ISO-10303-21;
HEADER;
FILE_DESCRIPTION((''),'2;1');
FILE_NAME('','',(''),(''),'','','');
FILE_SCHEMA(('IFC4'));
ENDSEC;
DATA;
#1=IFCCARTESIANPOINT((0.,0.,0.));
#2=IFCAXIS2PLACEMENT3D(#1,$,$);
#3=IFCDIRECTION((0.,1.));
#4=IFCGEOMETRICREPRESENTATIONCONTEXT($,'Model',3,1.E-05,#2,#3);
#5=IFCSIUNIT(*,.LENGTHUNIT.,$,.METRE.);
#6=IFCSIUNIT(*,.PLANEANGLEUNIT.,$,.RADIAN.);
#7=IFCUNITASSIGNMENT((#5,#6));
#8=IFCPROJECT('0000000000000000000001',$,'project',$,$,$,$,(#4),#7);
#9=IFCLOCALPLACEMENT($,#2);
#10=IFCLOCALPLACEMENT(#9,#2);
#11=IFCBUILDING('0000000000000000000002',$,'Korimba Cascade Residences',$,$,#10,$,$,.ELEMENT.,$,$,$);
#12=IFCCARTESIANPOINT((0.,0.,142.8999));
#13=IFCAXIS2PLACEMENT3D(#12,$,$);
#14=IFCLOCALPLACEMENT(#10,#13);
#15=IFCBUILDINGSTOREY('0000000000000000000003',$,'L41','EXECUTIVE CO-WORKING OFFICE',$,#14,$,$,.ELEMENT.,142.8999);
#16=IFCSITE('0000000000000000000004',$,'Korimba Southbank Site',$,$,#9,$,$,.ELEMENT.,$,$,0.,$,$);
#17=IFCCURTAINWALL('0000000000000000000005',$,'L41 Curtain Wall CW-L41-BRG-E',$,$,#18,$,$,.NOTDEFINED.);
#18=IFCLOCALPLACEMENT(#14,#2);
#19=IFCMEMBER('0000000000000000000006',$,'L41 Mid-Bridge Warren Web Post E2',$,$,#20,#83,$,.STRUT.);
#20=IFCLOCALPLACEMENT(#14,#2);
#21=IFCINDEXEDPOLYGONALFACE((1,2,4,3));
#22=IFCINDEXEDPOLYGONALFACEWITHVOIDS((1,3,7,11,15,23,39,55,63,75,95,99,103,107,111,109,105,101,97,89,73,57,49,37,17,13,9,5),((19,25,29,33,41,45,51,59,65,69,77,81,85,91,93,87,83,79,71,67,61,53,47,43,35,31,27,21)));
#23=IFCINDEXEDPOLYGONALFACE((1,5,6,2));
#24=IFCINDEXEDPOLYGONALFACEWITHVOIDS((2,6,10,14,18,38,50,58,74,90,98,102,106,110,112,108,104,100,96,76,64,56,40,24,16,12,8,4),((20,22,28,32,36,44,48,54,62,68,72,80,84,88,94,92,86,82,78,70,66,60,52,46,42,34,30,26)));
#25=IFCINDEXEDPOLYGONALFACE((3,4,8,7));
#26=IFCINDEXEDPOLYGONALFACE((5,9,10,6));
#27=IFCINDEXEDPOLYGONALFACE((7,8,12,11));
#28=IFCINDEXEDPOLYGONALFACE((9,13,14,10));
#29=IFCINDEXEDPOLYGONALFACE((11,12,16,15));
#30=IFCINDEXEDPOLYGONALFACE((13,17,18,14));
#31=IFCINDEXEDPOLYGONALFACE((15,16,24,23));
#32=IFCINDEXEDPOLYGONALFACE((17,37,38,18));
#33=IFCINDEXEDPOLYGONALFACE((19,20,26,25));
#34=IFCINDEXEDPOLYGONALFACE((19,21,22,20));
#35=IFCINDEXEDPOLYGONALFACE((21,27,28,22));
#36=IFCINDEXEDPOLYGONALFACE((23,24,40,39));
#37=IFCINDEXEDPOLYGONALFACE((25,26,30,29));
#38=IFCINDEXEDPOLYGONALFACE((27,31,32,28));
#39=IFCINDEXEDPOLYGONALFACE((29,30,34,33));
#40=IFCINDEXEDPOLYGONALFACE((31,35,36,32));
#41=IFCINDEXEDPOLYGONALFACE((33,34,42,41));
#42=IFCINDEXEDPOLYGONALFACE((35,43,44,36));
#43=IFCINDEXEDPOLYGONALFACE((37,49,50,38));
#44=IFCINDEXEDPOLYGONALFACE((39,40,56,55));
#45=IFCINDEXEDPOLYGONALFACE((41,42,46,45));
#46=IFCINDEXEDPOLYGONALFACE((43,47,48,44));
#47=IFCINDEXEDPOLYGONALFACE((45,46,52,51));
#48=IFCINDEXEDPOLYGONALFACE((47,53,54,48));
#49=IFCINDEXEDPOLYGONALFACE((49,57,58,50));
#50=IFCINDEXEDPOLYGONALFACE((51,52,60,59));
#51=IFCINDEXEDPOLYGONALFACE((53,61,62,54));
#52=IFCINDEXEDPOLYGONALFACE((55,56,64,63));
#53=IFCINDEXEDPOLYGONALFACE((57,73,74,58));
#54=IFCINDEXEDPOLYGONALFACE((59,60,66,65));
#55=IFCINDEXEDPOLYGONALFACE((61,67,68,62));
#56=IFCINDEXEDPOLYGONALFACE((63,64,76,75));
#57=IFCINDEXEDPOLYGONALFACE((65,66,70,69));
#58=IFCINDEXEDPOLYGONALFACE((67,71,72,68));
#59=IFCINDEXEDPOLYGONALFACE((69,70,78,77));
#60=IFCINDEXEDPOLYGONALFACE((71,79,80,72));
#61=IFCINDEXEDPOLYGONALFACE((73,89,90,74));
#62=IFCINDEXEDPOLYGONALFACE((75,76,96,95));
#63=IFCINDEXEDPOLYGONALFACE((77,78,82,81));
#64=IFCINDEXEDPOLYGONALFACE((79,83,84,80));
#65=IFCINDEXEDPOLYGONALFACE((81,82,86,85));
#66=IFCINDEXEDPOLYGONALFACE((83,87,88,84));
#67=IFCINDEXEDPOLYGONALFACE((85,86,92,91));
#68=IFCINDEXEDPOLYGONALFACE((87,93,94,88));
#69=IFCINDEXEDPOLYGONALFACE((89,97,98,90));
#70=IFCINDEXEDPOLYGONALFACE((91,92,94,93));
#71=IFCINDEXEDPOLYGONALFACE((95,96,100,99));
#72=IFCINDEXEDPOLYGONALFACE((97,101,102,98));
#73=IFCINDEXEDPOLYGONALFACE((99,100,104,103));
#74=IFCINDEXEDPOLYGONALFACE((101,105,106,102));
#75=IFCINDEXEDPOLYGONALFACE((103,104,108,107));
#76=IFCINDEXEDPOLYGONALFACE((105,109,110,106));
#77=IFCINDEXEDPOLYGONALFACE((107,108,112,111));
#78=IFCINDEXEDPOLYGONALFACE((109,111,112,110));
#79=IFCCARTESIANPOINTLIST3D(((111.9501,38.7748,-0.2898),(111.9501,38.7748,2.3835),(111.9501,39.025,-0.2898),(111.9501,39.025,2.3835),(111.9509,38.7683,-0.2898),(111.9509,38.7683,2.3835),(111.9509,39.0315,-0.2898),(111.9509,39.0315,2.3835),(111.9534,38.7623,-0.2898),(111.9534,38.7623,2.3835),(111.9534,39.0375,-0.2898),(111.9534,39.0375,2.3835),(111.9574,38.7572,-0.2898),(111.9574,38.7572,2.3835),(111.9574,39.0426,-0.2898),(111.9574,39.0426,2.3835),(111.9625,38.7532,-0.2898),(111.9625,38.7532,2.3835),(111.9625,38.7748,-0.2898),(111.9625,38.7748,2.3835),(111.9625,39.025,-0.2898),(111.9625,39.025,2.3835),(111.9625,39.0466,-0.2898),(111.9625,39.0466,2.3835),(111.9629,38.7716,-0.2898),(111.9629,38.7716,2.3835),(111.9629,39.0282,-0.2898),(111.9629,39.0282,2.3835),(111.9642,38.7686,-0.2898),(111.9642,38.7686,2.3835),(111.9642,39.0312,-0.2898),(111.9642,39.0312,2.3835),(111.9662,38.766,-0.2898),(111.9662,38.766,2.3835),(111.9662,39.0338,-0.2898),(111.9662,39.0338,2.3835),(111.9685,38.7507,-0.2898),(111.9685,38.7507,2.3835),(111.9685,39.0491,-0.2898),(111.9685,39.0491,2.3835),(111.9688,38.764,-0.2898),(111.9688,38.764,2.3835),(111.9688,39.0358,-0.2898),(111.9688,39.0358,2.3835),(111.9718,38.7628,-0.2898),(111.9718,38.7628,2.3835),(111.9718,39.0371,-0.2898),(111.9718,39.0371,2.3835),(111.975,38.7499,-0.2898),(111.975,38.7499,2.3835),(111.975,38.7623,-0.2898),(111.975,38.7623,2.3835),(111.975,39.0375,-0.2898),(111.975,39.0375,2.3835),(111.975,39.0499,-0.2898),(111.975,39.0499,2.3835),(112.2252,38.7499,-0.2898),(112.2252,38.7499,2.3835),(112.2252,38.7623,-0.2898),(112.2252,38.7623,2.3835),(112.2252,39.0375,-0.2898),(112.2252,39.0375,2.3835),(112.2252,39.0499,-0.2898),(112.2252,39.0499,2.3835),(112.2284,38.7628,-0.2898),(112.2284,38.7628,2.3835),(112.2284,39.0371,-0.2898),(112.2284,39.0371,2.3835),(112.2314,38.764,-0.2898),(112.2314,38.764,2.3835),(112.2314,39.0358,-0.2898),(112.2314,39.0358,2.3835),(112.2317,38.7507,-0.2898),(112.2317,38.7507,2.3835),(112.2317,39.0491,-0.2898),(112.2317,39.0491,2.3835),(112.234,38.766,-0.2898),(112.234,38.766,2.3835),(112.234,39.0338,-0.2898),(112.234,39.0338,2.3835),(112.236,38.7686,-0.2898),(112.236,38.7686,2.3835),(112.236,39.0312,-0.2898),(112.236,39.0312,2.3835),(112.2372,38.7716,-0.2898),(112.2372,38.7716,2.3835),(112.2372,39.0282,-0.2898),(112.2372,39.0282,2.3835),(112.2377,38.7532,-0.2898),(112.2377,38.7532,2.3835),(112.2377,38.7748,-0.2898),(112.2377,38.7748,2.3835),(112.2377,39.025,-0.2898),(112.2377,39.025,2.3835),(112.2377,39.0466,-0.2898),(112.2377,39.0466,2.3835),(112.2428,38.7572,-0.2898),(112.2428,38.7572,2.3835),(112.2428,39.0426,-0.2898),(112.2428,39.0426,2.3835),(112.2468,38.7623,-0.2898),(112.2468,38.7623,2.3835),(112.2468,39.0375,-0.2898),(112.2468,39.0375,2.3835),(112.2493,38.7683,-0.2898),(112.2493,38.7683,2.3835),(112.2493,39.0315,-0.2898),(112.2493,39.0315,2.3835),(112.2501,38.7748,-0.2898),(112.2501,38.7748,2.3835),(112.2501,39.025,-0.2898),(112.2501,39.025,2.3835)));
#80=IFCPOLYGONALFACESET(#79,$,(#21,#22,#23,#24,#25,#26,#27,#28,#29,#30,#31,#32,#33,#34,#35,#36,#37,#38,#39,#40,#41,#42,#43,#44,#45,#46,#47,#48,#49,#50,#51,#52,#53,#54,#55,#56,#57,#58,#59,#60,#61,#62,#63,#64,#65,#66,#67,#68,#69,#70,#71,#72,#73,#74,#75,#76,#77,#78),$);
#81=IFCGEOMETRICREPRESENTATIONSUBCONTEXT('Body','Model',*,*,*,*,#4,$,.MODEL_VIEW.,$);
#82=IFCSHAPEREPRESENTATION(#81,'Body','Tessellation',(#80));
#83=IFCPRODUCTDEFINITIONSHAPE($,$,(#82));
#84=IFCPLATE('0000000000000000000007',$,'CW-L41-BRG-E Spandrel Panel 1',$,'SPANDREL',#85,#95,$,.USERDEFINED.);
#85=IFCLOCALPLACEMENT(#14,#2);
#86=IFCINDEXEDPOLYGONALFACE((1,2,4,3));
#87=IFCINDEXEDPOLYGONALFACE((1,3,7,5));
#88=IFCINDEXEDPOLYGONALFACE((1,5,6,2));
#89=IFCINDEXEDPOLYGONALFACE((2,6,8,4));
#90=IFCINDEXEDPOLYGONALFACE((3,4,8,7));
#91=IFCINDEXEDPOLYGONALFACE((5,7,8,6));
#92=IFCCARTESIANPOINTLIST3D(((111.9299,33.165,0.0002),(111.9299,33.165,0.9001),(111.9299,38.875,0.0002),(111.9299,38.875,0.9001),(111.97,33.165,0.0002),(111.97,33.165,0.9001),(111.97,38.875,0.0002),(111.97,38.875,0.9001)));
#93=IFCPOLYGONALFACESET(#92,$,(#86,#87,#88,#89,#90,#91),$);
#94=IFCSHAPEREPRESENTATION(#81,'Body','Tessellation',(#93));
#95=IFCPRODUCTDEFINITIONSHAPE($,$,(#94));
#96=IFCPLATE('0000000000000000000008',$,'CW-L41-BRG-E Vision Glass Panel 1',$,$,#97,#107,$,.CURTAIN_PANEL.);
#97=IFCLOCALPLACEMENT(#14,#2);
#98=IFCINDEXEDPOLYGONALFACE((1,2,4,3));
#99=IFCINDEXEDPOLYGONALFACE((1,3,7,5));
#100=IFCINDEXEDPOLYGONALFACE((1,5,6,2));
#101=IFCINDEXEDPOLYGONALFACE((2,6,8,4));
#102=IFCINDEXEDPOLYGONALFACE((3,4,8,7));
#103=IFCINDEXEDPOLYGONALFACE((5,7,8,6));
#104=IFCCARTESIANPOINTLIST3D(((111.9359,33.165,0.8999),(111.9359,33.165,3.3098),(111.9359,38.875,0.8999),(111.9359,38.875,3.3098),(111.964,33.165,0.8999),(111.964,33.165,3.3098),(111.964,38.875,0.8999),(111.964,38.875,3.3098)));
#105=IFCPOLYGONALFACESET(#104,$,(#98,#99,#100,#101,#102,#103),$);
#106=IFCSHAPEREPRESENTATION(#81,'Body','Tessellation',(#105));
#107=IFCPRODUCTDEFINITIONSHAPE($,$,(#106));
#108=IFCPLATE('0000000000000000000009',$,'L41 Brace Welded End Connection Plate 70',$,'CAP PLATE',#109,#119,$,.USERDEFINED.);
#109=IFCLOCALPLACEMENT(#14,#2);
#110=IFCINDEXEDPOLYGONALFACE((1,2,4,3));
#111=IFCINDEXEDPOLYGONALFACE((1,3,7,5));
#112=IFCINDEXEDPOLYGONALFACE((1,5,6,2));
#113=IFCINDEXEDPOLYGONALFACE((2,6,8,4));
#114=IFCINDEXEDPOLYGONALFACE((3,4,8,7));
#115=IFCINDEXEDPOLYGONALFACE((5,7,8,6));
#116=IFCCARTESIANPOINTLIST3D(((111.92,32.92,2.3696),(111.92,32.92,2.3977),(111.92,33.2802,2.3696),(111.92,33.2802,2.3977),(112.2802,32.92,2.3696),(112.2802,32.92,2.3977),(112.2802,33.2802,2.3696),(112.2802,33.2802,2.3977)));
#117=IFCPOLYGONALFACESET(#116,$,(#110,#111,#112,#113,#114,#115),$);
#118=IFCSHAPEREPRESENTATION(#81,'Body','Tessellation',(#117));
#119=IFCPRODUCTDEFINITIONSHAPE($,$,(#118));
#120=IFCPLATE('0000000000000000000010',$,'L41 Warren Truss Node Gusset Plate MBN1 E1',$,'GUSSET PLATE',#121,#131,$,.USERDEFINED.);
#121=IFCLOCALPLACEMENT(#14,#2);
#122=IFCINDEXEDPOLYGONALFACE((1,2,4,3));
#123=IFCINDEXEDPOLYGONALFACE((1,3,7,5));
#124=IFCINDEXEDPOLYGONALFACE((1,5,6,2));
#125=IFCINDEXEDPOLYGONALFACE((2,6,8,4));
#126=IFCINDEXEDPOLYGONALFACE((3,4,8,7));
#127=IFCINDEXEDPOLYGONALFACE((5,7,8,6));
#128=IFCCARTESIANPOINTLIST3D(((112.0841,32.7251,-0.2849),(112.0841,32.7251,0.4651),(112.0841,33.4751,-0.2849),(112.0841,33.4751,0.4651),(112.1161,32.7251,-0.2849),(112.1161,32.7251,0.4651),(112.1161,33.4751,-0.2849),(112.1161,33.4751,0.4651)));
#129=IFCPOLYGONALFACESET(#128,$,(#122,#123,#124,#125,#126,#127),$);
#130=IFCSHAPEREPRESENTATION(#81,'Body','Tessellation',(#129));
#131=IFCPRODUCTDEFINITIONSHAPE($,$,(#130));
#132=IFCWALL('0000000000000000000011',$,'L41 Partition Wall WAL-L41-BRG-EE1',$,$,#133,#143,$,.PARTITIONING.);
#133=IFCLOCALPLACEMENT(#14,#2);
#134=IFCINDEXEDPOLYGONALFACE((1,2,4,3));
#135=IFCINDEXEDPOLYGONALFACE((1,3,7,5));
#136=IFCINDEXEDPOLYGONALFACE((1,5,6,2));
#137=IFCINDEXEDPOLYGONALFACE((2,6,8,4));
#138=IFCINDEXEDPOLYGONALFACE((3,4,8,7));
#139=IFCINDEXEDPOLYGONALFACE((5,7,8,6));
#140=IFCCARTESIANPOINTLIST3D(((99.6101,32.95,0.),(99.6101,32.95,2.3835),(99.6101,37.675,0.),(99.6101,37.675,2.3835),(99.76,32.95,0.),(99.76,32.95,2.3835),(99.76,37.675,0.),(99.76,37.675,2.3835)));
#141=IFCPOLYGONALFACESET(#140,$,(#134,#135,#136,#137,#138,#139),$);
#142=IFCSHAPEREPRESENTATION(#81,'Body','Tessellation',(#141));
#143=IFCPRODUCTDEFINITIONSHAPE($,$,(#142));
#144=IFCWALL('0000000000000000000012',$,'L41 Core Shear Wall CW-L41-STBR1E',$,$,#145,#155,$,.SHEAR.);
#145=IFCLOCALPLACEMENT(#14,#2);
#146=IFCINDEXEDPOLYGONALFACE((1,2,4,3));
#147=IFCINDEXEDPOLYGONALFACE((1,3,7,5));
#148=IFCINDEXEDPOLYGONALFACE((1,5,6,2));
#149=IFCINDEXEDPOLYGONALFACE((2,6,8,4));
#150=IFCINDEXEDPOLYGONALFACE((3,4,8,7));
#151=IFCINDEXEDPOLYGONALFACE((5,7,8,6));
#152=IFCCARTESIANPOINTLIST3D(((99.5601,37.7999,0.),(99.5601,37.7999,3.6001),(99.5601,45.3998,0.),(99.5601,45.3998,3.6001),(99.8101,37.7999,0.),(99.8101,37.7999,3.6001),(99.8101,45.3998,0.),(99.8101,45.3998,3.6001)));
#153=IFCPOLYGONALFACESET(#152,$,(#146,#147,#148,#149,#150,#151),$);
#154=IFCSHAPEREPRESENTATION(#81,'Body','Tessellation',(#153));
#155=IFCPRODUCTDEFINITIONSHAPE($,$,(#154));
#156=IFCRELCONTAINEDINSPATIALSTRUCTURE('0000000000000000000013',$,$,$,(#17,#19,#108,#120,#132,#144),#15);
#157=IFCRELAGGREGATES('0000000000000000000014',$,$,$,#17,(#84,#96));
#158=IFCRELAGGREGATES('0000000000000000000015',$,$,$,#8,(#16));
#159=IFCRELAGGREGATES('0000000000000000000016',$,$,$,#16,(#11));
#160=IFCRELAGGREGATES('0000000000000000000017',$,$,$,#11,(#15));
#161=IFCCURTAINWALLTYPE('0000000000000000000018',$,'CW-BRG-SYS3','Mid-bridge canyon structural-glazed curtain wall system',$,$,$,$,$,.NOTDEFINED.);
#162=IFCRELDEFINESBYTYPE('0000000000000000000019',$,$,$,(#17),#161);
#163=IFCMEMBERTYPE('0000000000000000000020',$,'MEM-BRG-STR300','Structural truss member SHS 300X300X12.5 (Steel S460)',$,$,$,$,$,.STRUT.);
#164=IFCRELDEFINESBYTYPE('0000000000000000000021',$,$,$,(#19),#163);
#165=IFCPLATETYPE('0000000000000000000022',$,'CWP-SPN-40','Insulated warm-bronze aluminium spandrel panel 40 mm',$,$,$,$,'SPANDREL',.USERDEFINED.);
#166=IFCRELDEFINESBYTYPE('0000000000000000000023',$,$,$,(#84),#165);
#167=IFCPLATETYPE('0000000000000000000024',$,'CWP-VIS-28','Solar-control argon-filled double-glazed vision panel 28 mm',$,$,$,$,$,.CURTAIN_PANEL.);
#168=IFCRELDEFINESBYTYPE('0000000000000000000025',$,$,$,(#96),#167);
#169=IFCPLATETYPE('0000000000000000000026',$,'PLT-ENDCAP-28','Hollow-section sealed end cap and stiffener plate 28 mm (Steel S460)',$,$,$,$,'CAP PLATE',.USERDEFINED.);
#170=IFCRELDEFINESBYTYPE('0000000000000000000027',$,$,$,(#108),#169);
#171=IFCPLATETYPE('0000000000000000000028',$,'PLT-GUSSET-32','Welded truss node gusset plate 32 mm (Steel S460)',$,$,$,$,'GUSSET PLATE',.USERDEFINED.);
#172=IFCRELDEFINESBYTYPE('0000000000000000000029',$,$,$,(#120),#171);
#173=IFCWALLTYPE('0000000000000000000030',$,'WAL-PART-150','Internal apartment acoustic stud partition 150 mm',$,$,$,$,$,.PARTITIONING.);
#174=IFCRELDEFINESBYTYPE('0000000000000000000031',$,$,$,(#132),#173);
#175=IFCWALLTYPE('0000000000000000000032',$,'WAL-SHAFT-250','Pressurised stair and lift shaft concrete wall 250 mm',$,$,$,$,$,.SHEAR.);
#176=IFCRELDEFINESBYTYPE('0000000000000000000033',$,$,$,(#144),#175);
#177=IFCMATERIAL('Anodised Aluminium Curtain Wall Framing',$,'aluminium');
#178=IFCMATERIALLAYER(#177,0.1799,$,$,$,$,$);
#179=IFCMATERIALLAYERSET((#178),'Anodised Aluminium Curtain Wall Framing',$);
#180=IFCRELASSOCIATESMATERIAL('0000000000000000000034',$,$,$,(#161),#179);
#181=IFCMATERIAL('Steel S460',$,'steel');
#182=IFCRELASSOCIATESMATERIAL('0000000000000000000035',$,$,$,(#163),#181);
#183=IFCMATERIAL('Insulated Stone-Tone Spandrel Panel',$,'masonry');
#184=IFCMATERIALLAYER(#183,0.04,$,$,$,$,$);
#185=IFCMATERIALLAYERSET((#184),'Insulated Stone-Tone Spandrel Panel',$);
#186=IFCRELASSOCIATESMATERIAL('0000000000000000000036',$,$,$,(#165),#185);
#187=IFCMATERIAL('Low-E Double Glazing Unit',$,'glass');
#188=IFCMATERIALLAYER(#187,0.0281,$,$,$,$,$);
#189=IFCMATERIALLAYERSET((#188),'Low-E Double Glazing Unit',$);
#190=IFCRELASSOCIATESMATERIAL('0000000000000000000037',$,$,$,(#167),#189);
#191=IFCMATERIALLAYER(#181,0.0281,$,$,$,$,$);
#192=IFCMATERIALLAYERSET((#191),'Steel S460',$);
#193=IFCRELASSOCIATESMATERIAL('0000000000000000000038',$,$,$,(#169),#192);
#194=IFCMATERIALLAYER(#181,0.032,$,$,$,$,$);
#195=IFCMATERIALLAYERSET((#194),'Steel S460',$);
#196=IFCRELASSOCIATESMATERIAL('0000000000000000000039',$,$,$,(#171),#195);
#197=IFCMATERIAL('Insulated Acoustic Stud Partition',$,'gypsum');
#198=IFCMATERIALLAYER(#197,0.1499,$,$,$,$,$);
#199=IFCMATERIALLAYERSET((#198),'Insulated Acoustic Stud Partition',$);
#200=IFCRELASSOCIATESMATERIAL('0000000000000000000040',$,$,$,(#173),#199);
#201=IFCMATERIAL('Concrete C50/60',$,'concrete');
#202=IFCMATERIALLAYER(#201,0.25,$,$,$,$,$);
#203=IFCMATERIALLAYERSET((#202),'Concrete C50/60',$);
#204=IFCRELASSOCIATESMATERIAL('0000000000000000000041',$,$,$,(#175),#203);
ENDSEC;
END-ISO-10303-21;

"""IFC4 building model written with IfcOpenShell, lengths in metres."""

from ifc_helpers import new_model, si_unit, direction, frame, frame_2d, origin, origin_2d, place, context, subcontext, project, spatial, rectangle, hollow_rectangle, extrude, material, layer, layer_set, material_profile, profile_set, type_object, element, aggregate, save


model = new_model("IFC4")

# Units and contexts
model_context = context("Model", 3, precision=1e-05, world=origin(), true_north=direction((0.0, 1.0)))
body_context = subcontext(model_context, "Body", "Model", "MODEL_VIEW")
ifc_project = project(units=[si_unit("LENGTHUNIT", "METRE"), si_unit("PLANEANGLEUNIT", "RADIAN")], contexts=[model_context])

# Site, building, storey
site_placement = place(None, origin())
site = spatial("IfcSite", under=ifc_project, at=site_placement, Name="Korimba Southbank Site", CompositionType="ELEMENT", RefElevation=0.0)
building_placement = place(site_placement, origin())
building = spatial("IfcBuilding", under=site, at=building_placement, Name="Korimba Cascade Residences", CompositionType="ELEMENT")
storey_placement = place(building_placement, frame((0.0, 0.0, 142.8999)))
storey = spatial("IfcBuildingStorey", under=building, at=storey_placement, Name="L41", Description="EXECUTIVE CO-WORKING OFFICE", CompositionType="ELEMENT", Elevation=142.8999)

# Curtain wall
ifc_material_1 = material(Name="Anodised Aluminium Curtain Wall Framing", Category="aluminium")
ifc_layer_1 = layer(ifc_material_1, 0.1799)
ifc_layer_set_1 = layer_set([ifc_layer_1], Name="Anodised Aluminium Curtain Wall Framing")
curtain_wall_type = type_object("IfcCurtainWallType", Name="CW-BRG-SYS3", Description="Mid-bridge canyon structural-glazed curtain wall system", PredefinedType="NOTDEFINED", material=ifc_layer_set_1)
curtain_wall_placement = place(storey_placement, origin())
curtain_wall = element("IfcCurtainWall", 1, at=curtain_wall_placement, inside=storey, type_object=curtain_wall_type, Name="L41 Curtain Wall CW-L41-BRG-E", PredefinedType="NOTDEFINED")

# Member
ifc_material_2 = material(Name="Steel S460", Category="steel")
ifc_material_profile_1 = material_profile(ifc_material_2, hollow_rectangle(XDim=0.3, YDim=0.3, WallThickness=0.0125, InnerFilletRadius=0.0125, OuterFilletRadius=0.0249, at=origin_2d()), Name="Steel S460")
ifc_profile_set_1 = profile_set([ifc_material_profile_1], Name="Steel S460")
member_type_1 = type_object("IfcMemberType", Name="MEM-BRG-STR300", Description="Structural truss member SHS 300X300X12.5 (Steel S460)", PredefinedType="STRUT", material=ifc_profile_set_1)
for number, where, z_axis, x_axis, name in (
    (2, (112.1001, 38.8999, -0.2898), (0.0, 0.0, 1.0), (1.0, 0.0, 0.0), "L41 Mid-Bridge Warren Web Post E2"),
):
    element("IfcMember", number, at=place(storey_placement, frame(where, z_axis=z_axis, x_axis=x_axis)), inside=storey, type_object=member_type_1, Name=name, PredefinedType="STRUT", context=body_context, shape_type="SweptSolid", body=[
        extrude(hollow_rectangle(XDim=0.3, YDim=0.3, WallThickness=0.0125, InnerFilletRadius=0.0125, OuterFilletRadius=0.0249, at=origin_2d()), origin(), (0.0, 0.0, 1.0), 2.6733),
    ])

# Plates
ifc_material_3 = material(Name="Insulated Stone-Tone Spandrel Panel", Category="masonry")
ifc_layer_2 = layer(ifc_material_3, 0.04)
ifc_layer_set_2 = layer_set([ifc_layer_2], Name="Insulated Stone-Tone Spandrel Panel")
plate_type_1 = type_object("IfcPlateType", Name="CWP-SPN-40", Description="Insulated warm-bronze aluminium spandrel panel 40 mm", ElementType="SPANDREL", PredefinedType="USERDEFINED", material=ifc_layer_set_2)
plate_1_placement = place(storey_placement, frame((111.95, 36.02, 0.0002), z_axis=(0.0, 0.0, 1.0), x_axis=(0.0, 1.0, 0.0)))
plate_1 = element("IfcPlate", 3, at=plate_1_placement, type_object=plate_type_1, Name="CW-L41-BRG-E Spandrel Panel 1", ObjectType="SPANDREL", PredefinedType="USERDEFINED", context=body_context, shape_type="SweptSolid", body=[
    extrude(rectangle(XDim=5.71, YDim=0.04, at=origin_2d()), origin(), (0.0, 0.0, 1.0), 0.8999),
])
ifc_material_4 = material(Name="Low-E Double Glazing Unit", Category="glass")
ifc_layer_3 = layer(ifc_material_4, 0.0281)
ifc_layer_set_3 = layer_set([ifc_layer_3], Name="Low-E Double Glazing Unit")
plate_type_2 = type_object("IfcPlateType", Name="CWP-VIS-28", Description="Solar-control argon-filled double-glazed vision panel 28 mm", PredefinedType="CURTAIN_PANEL", material=ifc_layer_set_3)
plate_2_placement = place(storey_placement, frame((111.95, 36.02, 0.8999), z_axis=(0.0, 0.0, 1.0), x_axis=(0.0, 1.0, 0.0)))
plate_2 = element("IfcPlate", 4, at=plate_2_placement, type_object=plate_type_2, Name="CW-L41-BRG-E Vision Glass Panel 1", PredefinedType="CURTAIN_PANEL", context=body_context, shape_type="SweptSolid", body=[
    extrude(rectangle(XDim=5.71, YDim=0.0281, at=origin_2d()), origin(), (0.0, 0.0, 1.0), 2.4099),
])
aggregate(curtain_wall, [plate_1, plate_2])

# Plates
ifc_layer_4 = layer(ifc_material_2, 0.0281)
ifc_layer_set_4 = layer_set([ifc_layer_4], Name="Steel S460")
plate_type_3 = type_object("IfcPlateType", Name="PLT-ENDCAP-28", Description="Hollow-section sealed end cap and stiffener plate 28 mm (Steel S460)", ElementType="CAP PLATE", PredefinedType="USERDEFINED", material=ifc_layer_set_4)
plate_3_placement = place(storey_placement, frame((112.1001, 33.1001, 2.3696), z_axis=(0.0, 0.0, 1.0), x_axis=(1.0, 0.0, 0.0)))
element("IfcPlate", 5, at=plate_3_placement, inside=storey, type_object=plate_type_3, Name="L41 Brace Welded End Connection Plate 70", ObjectType="CAP PLATE", PredefinedType="USERDEFINED", context=body_context, shape_type="SweptSolid", body=[
    extrude(rectangle(XDim=0.3601, YDim=0.3601, at=origin_2d()), origin(), (0.0, 0.0, 1.0), 0.0281),
])
ifc_layer_5 = layer(ifc_material_2, 0.032)
ifc_layer_set_5 = layer_set([ifc_layer_5], Name="Steel S460")
plate_type_4 = type_object("IfcPlateType", Name="PLT-GUSSET-32", Description="Welded truss node gusset plate 32 mm (Steel S460)", ElementType="GUSSET PLATE", PredefinedType="USERDEFINED", material=ifc_layer_set_5)
plate_4_placement = place(storey_placement, frame((112.1001, 33.1001, -0.2849), z_axis=(0.0, 0.0, 1.0), x_axis=(1.0, 0.0, 0.0)))
element("IfcPlate", 6, at=plate_4_placement, inside=storey, type_object=plate_type_4, Name="L41 Warren Truss Node Gusset Plate MBN1 E1", ObjectType="GUSSET PLATE", PredefinedType="USERDEFINED", context=body_context, shape_type="SweptSolid", body=[
    extrude(rectangle(XDim=0.032, YDim=0.75, at=origin_2d()), origin(), (0.0, 0.0, 1.0), 0.75),
])

# Walls
ifc_material_5 = material(Name="Insulated Acoustic Stud Partition", Category="gypsum")
ifc_layer_6 = layer(ifc_material_5, 0.1499)
ifc_layer_set_6 = layer_set([ifc_layer_6], Name="Insulated Acoustic Stud Partition")
wall_type_1 = type_object("IfcWallType", Name="WAL-PART-150", Description="Internal apartment acoustic stud partition 150 mm", PredefinedType="PARTITIONING", material=ifc_layer_set_6)
wall_1_placement = place(storey_placement, frame((99.6851, 32.95, 0.0), z_axis=(0.0, 0.0, 1.0), x_axis=(0.0, 1.0, 0.0)))
element("IfcWall", 7, at=wall_1_placement, inside=storey, type_object=wall_type_1, Name="L41 Partition Wall WAL-L41-BRG-EE1", PredefinedType="PARTITIONING", context=body_context, shape_type="SweptSolid", body=[
    extrude(rectangle(XDim=4.7251, YDim=0.1499, at=frame_2d((2.3625, 0.0))), origin(), (0.0, 0.0, 1.0), 2.3835),
])
ifc_material_6 = material(Name="Concrete C50/60", Category="concrete")
ifc_layer_7 = layer(ifc_material_6, 0.25)
ifc_layer_set_7 = layer_set([ifc_layer_7], Name="Concrete C50/60")
wall_type_2 = type_object("IfcWallType", Name="WAL-SHAFT-250", Description="Pressurised stair and lift shaft concrete wall 250 mm", PredefinedType="SHEAR", material=ifc_layer_set_7)
wall_2_placement = place(storey_placement, frame((99.6851, 37.8, 0.0), z_axis=(0.0, 0.0, 1.0), x_axis=(0.0, 1.0, 0.0)))
element("IfcWall", 8, at=wall_2_placement, inside=storey, type_object=wall_type_2, Name="L41 Core Shear Wall CW-L41-STBR1E", PredefinedType="SHEAR", context=body_context, shape_type="SweptSolid", body=[
    extrude(rectangle(XDim=7.5999, YDim=0.25, at=frame_2d((3.7998, 0.0))), origin(), (0.0, 0.0, 1.0), 3.6001),
])

save(model, "model.ifc")
